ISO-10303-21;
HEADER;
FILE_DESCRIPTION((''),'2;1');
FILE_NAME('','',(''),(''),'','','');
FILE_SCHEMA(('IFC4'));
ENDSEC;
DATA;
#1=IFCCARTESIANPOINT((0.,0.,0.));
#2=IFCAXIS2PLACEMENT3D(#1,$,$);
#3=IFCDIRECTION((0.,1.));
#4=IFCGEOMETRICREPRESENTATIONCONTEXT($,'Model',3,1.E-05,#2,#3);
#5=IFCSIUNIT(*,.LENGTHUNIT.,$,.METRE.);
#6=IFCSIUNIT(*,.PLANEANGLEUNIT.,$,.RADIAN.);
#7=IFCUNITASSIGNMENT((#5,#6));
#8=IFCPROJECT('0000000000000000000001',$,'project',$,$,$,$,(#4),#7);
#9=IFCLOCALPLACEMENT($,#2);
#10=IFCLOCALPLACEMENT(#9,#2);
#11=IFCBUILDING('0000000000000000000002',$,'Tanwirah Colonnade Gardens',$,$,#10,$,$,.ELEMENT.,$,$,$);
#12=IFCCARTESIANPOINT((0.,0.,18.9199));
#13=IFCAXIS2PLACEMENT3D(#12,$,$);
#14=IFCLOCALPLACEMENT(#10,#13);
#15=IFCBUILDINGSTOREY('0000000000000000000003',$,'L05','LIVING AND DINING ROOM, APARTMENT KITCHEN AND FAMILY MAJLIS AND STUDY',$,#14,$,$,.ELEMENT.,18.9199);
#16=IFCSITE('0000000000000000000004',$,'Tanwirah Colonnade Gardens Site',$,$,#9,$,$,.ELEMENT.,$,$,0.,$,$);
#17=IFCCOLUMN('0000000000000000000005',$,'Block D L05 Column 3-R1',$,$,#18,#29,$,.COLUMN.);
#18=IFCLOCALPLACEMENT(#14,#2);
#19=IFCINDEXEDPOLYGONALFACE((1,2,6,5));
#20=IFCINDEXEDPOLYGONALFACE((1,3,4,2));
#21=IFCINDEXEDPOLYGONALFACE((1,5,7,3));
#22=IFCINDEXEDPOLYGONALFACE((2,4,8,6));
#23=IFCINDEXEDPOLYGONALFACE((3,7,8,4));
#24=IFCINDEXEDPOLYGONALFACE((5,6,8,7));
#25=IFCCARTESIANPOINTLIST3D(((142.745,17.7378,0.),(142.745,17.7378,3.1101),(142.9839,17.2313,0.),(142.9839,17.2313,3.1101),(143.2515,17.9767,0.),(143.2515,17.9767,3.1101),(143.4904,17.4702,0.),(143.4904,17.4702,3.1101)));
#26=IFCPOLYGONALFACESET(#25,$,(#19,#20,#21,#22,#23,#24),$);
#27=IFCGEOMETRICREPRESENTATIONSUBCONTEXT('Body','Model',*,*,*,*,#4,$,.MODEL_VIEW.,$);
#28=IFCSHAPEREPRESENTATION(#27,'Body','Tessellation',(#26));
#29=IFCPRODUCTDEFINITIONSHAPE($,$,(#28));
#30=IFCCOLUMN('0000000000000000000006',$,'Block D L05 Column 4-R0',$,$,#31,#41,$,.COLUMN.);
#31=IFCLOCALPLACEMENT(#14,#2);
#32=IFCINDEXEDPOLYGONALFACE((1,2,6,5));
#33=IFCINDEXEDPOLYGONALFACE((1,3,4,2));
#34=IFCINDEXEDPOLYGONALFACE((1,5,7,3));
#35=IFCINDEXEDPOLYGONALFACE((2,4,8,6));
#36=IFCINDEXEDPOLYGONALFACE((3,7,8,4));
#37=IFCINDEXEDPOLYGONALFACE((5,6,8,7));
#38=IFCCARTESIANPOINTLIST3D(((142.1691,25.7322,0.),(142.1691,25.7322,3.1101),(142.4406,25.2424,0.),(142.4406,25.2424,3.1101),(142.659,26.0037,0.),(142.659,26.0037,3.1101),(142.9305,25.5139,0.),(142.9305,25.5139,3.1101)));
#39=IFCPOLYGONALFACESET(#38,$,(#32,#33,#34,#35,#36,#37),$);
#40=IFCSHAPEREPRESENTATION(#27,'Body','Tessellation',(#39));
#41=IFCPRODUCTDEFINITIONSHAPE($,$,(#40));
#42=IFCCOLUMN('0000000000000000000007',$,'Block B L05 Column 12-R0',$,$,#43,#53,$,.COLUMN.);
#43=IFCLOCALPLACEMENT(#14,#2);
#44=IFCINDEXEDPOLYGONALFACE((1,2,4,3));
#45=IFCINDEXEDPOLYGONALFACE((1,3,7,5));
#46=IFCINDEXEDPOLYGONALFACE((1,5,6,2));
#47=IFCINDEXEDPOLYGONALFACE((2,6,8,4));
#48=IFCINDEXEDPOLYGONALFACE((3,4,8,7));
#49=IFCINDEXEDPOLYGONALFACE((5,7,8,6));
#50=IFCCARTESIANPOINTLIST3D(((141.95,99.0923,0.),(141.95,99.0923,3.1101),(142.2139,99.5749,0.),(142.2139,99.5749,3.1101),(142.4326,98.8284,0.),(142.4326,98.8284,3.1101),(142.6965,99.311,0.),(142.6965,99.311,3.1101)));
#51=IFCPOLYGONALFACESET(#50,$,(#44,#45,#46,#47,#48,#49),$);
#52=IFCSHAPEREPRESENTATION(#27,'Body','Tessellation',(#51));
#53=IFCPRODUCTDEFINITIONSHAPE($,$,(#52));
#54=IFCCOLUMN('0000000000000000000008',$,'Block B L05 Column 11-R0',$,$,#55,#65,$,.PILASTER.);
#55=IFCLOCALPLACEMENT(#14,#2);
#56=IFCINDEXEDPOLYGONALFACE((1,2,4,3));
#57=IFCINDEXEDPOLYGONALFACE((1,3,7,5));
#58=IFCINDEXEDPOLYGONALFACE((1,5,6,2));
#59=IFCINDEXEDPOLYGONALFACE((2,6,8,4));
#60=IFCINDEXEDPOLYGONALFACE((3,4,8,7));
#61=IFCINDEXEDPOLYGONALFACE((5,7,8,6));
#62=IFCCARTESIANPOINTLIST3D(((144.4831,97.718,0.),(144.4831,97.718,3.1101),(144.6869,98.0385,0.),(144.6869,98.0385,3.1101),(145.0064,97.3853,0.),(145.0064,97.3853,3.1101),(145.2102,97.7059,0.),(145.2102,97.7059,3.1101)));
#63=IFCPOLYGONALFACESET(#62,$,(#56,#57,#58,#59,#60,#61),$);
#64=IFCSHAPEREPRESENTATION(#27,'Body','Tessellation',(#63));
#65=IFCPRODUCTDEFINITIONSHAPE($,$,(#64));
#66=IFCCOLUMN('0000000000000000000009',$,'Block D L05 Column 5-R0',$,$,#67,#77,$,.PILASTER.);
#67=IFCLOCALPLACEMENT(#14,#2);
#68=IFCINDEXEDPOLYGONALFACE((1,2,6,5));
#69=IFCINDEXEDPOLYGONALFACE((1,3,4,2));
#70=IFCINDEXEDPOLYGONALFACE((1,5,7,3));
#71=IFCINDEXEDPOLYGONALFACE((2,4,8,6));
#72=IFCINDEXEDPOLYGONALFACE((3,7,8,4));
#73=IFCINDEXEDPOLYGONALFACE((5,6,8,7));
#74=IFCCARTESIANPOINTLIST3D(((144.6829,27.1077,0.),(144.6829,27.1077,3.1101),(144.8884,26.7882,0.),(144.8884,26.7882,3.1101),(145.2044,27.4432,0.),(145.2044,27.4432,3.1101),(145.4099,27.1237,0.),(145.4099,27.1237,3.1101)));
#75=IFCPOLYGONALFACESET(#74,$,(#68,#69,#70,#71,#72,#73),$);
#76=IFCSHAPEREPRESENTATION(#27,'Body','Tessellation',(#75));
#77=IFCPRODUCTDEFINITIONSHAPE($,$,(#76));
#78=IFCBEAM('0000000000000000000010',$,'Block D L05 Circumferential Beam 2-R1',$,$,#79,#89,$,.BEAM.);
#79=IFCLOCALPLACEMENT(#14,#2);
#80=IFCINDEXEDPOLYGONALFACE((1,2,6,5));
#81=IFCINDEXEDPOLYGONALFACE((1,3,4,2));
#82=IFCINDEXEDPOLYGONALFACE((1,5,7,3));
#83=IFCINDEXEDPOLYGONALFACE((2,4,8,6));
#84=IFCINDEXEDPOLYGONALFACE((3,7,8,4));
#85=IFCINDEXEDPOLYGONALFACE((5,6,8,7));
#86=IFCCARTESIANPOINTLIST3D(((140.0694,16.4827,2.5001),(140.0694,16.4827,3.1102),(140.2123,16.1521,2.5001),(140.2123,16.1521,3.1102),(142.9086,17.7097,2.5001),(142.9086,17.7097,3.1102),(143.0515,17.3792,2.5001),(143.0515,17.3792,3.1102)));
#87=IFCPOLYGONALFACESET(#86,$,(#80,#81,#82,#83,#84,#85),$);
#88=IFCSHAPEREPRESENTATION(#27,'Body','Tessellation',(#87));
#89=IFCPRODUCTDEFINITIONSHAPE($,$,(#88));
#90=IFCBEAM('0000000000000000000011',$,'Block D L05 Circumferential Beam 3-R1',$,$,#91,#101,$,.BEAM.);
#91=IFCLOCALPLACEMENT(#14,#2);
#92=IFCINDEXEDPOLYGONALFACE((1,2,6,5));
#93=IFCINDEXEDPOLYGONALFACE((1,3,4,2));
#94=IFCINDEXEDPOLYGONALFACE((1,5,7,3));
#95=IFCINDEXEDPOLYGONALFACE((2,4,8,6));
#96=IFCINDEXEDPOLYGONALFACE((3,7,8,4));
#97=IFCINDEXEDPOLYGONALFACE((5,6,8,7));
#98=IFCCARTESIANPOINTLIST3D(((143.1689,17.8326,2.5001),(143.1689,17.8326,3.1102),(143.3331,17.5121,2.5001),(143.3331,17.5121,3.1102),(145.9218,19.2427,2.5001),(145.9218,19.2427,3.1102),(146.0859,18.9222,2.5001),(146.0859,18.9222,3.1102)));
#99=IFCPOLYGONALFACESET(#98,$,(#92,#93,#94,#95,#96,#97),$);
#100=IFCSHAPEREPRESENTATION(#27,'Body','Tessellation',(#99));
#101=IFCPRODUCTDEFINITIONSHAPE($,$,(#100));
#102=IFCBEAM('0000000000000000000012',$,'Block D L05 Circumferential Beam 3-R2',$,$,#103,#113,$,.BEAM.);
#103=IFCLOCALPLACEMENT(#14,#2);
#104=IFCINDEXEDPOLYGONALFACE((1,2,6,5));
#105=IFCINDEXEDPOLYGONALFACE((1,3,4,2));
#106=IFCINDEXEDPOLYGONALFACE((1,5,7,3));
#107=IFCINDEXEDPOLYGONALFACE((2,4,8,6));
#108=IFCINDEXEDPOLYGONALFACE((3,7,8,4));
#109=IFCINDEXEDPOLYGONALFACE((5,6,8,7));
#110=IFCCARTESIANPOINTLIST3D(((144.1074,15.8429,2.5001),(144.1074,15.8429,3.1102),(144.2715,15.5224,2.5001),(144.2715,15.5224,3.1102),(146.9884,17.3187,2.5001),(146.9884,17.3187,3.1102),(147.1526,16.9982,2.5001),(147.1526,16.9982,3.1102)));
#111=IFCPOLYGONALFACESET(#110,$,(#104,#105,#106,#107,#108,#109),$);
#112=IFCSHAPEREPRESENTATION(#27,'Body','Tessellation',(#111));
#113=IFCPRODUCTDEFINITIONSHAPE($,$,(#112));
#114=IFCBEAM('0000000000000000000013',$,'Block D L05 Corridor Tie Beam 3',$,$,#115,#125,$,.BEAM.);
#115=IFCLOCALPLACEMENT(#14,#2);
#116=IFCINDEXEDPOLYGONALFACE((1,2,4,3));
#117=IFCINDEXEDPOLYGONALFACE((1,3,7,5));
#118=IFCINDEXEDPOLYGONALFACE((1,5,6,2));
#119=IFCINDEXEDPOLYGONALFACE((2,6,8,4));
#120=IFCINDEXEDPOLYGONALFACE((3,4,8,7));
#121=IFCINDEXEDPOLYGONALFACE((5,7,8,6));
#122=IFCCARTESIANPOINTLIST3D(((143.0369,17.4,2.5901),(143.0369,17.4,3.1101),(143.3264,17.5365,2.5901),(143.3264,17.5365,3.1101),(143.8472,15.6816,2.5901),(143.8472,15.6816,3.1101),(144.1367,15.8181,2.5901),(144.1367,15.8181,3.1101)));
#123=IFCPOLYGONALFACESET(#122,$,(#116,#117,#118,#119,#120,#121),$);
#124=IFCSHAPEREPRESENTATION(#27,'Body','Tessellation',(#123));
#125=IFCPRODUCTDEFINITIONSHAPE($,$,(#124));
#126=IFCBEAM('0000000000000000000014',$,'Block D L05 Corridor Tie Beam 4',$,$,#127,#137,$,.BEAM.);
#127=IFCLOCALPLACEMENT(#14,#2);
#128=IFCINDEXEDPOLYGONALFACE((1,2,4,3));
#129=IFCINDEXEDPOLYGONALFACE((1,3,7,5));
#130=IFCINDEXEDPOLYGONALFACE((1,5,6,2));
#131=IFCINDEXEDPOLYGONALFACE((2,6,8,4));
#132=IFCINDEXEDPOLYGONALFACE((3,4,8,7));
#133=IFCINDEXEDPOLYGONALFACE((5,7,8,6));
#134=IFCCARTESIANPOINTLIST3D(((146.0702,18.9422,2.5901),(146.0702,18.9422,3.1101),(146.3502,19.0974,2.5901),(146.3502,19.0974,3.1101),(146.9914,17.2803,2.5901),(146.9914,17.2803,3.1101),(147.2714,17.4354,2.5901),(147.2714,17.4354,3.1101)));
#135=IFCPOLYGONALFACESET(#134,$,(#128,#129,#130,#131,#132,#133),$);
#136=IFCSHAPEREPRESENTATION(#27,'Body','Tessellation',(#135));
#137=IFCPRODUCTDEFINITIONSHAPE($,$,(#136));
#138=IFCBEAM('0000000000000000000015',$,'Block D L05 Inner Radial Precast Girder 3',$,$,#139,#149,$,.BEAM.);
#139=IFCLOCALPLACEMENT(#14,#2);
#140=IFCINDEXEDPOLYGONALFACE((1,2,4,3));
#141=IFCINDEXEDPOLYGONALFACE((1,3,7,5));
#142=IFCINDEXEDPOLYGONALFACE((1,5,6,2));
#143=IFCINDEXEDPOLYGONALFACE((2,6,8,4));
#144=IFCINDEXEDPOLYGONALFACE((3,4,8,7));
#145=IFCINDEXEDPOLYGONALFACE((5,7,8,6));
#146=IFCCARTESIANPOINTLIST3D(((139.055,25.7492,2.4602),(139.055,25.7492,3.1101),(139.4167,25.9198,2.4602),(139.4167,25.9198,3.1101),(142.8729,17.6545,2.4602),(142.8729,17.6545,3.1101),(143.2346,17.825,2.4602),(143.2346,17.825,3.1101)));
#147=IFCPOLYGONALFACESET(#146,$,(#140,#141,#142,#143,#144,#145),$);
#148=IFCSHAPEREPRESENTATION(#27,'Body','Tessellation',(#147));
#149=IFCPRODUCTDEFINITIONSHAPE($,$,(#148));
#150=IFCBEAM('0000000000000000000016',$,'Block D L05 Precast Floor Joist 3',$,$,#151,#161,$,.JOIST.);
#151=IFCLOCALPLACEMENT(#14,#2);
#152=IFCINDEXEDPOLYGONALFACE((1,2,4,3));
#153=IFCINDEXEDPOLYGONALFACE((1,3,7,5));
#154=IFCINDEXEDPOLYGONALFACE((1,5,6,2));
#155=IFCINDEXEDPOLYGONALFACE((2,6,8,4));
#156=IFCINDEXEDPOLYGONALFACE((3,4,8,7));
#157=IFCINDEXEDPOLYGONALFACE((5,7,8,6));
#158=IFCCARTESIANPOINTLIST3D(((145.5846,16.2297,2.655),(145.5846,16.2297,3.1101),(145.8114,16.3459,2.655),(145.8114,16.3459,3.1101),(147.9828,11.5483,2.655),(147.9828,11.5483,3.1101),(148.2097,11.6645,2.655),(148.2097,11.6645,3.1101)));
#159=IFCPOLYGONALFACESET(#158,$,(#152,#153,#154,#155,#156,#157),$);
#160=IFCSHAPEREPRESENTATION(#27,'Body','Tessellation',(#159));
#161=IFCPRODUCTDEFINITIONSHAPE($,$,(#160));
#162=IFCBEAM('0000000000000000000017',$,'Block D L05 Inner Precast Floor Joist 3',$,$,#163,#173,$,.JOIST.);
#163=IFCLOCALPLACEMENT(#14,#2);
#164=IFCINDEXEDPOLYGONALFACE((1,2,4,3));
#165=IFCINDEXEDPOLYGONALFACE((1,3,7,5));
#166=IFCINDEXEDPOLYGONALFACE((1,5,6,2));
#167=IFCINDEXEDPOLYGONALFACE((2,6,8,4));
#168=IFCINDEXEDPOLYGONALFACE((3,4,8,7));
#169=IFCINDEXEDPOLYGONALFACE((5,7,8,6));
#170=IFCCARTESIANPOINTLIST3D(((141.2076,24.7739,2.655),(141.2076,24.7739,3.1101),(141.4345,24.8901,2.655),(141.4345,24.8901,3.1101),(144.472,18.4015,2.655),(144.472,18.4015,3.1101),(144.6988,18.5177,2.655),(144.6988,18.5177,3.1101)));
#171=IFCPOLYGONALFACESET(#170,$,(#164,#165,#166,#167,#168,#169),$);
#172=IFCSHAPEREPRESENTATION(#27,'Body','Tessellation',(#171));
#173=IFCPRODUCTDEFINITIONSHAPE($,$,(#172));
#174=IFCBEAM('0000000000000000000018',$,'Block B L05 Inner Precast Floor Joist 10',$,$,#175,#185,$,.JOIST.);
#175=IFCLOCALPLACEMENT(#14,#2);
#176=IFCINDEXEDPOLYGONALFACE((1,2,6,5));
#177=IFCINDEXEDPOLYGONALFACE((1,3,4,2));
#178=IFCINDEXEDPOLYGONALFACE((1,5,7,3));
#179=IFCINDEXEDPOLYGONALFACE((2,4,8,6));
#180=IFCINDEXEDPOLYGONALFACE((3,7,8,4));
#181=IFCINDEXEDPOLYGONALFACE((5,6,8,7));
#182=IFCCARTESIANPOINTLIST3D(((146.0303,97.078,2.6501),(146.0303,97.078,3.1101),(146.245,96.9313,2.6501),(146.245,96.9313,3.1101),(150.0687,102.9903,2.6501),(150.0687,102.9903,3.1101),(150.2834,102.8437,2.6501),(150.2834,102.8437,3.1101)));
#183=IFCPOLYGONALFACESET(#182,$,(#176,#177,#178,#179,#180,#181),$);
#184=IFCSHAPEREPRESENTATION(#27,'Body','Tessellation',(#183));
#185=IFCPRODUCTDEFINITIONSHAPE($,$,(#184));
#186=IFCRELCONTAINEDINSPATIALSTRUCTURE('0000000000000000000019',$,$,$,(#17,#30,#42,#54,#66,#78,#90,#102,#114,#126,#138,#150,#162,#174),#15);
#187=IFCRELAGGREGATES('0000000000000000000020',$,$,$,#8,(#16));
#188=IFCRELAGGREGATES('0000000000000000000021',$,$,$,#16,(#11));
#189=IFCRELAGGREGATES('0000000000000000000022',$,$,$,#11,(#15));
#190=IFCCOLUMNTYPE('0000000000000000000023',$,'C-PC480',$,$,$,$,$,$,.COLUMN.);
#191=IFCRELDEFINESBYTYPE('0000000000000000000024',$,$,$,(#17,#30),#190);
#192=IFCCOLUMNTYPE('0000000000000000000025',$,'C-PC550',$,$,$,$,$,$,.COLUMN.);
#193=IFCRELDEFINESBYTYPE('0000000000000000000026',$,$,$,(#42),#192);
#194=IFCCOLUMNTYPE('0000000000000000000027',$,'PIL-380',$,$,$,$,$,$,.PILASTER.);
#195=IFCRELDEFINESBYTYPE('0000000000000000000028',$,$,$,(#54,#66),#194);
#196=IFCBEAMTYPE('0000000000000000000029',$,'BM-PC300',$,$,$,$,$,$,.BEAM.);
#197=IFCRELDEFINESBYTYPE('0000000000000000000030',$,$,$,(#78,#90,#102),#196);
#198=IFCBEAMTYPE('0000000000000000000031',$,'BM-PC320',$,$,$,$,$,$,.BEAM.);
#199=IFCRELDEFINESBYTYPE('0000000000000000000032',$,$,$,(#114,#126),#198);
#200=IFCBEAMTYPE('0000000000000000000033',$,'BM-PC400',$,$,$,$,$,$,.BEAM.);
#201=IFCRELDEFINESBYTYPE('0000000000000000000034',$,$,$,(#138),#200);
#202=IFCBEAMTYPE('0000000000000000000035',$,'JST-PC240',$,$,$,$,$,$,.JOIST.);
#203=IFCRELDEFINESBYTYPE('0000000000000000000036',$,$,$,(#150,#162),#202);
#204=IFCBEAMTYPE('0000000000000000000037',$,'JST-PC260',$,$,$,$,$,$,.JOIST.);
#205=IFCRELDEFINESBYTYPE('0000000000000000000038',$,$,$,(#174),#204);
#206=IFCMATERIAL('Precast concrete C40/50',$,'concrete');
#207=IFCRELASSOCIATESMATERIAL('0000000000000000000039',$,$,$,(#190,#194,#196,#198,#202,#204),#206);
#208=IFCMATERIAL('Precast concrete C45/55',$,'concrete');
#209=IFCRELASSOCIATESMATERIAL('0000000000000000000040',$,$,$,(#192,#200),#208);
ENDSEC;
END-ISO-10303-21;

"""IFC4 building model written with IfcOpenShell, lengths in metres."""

from ifc_helpers import new_model, si_unit, direction, frame, origin, origin_2d, place, context, subcontext, project, spatial, rectangle, extrude, material, material_profile, profile_set, type_object, element, save


model = new_model("IFC4")

# Units and contexts
model_context = context("Model", 3, precision=1e-05, world=origin(), true_north=direction((0.0, 1.0)))
body_context = subcontext(model_context, "Body", "Model", "MODEL_VIEW")
ifc_project = project(units=[si_unit("LENGTHUNIT", "METRE"), si_unit("PLANEANGLEUNIT", "RADIAN")], contexts=[model_context])

# Site, building, storey
site_placement = place(None, origin())
site = spatial("IfcSite", under=ifc_project, at=site_placement, Name="Tanwirah Colonnade Gardens Site", CompositionType="ELEMENT", RefElevation=0.0)
building_placement = place(site_placement, origin())
building = spatial("IfcBuilding", under=site, at=building_placement, Name="Tanwirah Colonnade Gardens", CompositionType="ELEMENT")
storey_placement = place(building_placement, frame((0.0, 0.0, 18.9199)))
storey = spatial("IfcBuildingStorey", under=building, at=storey_placement, Name="L05", Description="LIVING AND DINING ROOM, APARTMENT KITCHEN AND FAMILY MAJLIS AND STUDY", CompositionType="ELEMENT", Elevation=18.9199)

# Columns
ifc_material_1 = material(Name="Precast concrete C40/50", Category="concrete")
ifc_material_profile_1 = material_profile(ifc_material_1, rectangle(XDim=0.5601, YDim=0.5601, at=origin_2d()), Name="PC-COL 560x560")
ifc_profile_set_1 = profile_set([ifc_material_profile_1], Name="Precast concrete C40/50")
column_type_1 = type_object("IfcColumnType", Name="C-PC480", PredefinedType="COLUMN", material=ifc_profile_set_1)
for number, where, z_axis, x_axis, name in (
    (1, (143.1177, 17.604, 0.0), (0.0, 0.0, 1.0), (0.426569, -0.904455, 0.0), "Block D L05 Column 3-R1"),
    (2, (142.5498, 25.623, 0.0), (0.0, 0.0, 1.0), (0.48481, -0.87462, 0.0), "Block D L05 Column 4-R0"),
):
    element("IfcColumn", number, at=place(storey_placement, frame(where, z_axis=z_axis, x_axis=x_axis)), inside=storey, type_object=column_type_1, Name=name, PredefinedType="COLUMN", context=body_context, shape_type="SweptSolid", body=[
        extrude(rectangle(XDim=0.5601, YDim=0.5601, at=origin_2d()), origin(), (0.0, 0.0, 1.0), 3.1101),
    ])
ifc_material_2 = material(Name="Precast concrete C45/55", Category="concrete")
ifc_material_profile_2 = material_profile(ifc_material_2, rectangle(XDim=0.55, YDim=0.55, at=origin_2d()), Name="PC-COL 550x550")
ifc_profile_set_2 = profile_set([ifc_material_profile_2], Name="Precast concrete C45/55")
column_type_2 = type_object("IfcColumnType", Name="C-PC550", PredefinedType="COLUMN", material=ifc_profile_set_2)
column_placement = place(storey_placement, frame((142.3232, 99.2017, 0.0), z_axis=(0.0, 0.0, 1.0), x_axis=(0.479713, 0.877425, 0.0)))
element("IfcColumn", 3, at=column_placement, inside=storey, type_object=column_type_2, Name="Block B L05 Column 12-R0", PredefinedType="COLUMN", context=body_context, shape_type="SweptSolid", body=[
    extrude(rectangle(XDim=0.55, YDim=0.55, at=origin_2d()), origin(), (0.0, 0.0, 1.0), 3.1101),
])
ifc_material_profile_3 = material_profile(ifc_material_1, rectangle(XDim=0.3799, YDim=0.6201, at=origin_2d()), Name="PC-PIL 380x620")
ifc_profile_set_3 = profile_set([ifc_material_profile_3], Name="Precast concrete C40/50")
column_type_3 = type_object("IfcColumnType", Name="PIL-380", PredefinedType="PILASTER", material=ifc_profile_set_3)
for number, where, z_axis, x_axis, name in (
    (4, (144.8467, 97.7119, 0.0), (0.0, 0.0, 1.0), (0.536482, 0.843912, 0.0), "Block B L05 Column 11-R0"),
    (5, (145.0464, 27.1157, 0.0), (0.0, 0.0, 1.0), (0.540974, -0.841039, 0.0), "Block D L05 Column 5-R0"),
):
    element("IfcColumn", number, at=place(storey_placement, frame(where, z_axis=z_axis, x_axis=x_axis)), inside=storey, type_object=column_type_3, Name=name, PredefinedType="PILASTER", context=body_context, shape_type="SweptSolid", body=[
        extrude(rectangle(XDim=0.3799, YDim=0.6201, at=origin_2d()), origin(), (0.0, 0.0, 1.0), 3.1101),
    ])

# Beams
ifc_material_profile_4 = material_profile(ifc_material_1, rectangle(XDim=0.3601, YDim=0.6101, at=origin_2d()), Name="PC-BM 360x610")
ifc_profile_set_4 = profile_set([ifc_material_profile_4], Name="Precast concrete C40/50")
beam_type_1 = type_object("IfcBeamType", Name="BM-PC300", PredefinedType="BEAM", material=ifc_profile_set_4)
for number, where, z_axis, x_axis, name in (
    (6, (140.1409, 16.3174, 2.8052), (0.917936, 0.396728, 0.0), (-0.396728, 0.917936, 0.0), "Block D L05 Circumferential Beam 2-R1"),
    (7, (143.251, 17.6724, 2.8052), (0.890028, 0.455906, 0.0), (-0.455906, 0.890028, 0.0), "Block D L05 Circumferential Beam 3-R1"),
):
    element("IfcBeam", number, at=place(storey_placement, frame(where, z_axis=z_axis, x_axis=x_axis)), inside=storey, type_object=beam_type_1, Name=name, PredefinedType="BEAM", context=body_context, shape_type="SweptSolid", body=[
        extrude(rectangle(XDim=0.3601, YDim=0.6101, at=origin_2d()), origin(), (0.0, 0.0, 1.0), 3.093),
    ])
beam_1_placement = place(storey_placement, frame((144.1895, 15.6826, 2.8052), z_axis=(0.890025, 0.455911, 0.0), x_axis=(-0.455911, 0.890025, 0.0)))
element("IfcBeam", 8, at=beam_1_placement, inside=storey, type_object=beam_type_1, Name="Block D L05 Circumferential Beam 3-R2", PredefinedType="BEAM", context=body_context, shape_type="SweptSolid", body=[
    extrude(rectangle(XDim=0.3601, YDim=0.6101, at=origin_2d()), origin(), (0.0, 0.0, 1.0), 3.2371),
])
ifc_material_profile_5 = material_profile(ifc_material_1, rectangle(XDim=0.3201, YDim=0.52, at=origin_2d()), Name="PC-BM 320x520")
ifc_profile_set_5 = profile_set([ifc_material_profile_5], Name="Precast concrete C40/50")
beam_type_2 = type_object("IfcBeamType", Name="BM-PC320", PredefinedType="BEAM", material=ifc_profile_set_5)
beam_2_placement = place(storey_placement, frame((143.1816, 17.4683, 2.8501), z_axis=(0.426484, -0.904495, 0.0), x_axis=(0.904495, 0.426484, 0.0)))
element("IfcBeam", 9, at=beam_2_placement, inside=storey, type_object=beam_type_2, Name="Block D L05 Corridor Tie Beam 3", PredefinedType="BEAM", context=body_context, shape_type="SweptSolid", body=[
    extrude(rectangle(XDim=0.3201, YDim=0.52, at=origin_2d()), origin(), (0.0, 0.0, 1.0), 1.8999),
])
beam_3_placement = place(storey_placement, frame((146.2102, 19.0198, 2.8501), z_axis=(0.484792, -0.87463, 0.0), x_axis=(0.87463, 0.484792, 0.0)))
element("IfcBeam", 10, at=beam_3_placement, inside=storey, type_object=beam_type_2, Name="Block D L05 Corridor Tie Beam 4", PredefinedType="BEAM", context=body_context, shape_type="SweptSolid", body=[
    extrude(rectangle(XDim=0.3201, YDim=0.52, at=origin_2d()), origin(), (0.0, 0.0, 1.0), 1.9001),
])
ifc_material_profile_6 = material_profile(ifc_material_2, rectangle(XDim=0.3999, YDim=0.6499, at=origin_2d()), Name="PC-BM 400x650")
ifc_profile_set_6 = profile_set([ifc_material_profile_6], Name="Precast concrete C45/55")
beam_type_3 = type_object("IfcBeamType", Name="BM-PC400", PredefinedType="BEAM", material=ifc_profile_set_6)
beam_4_placement = place(storey_placement, frame((143.0537, 17.7397, 2.7852), z_axis=(-0.426582, 0.904449, 0.0), x_axis=(-0.904449, -0.426582, 0.0)))
element("IfcBeam", 11, at=beam_4_placement, inside=storey, type_object=beam_type_3, Name="Block D L05 Inner Radial Precast Girder 3", PredefinedType="BEAM", context=body_context, shape_type="SweptSolid", body=[
    extrude(rectangle(XDim=0.3999, YDim=0.6499, at=origin_2d()), origin(), (0.0, 0.0, 1.0), 8.95),
])
ifc_material_profile_7 = material_profile(ifc_material_1, rectangle(XDim=0.2549, YDim=0.4551, at=origin_2d()), Name="PC-JST 255x455")
ifc_profile_set_7 = profile_set([ifc_material_profile_7], Name="Precast concrete C40/50")
beam_type_4 = type_object("IfcBeamType", Name="JST-PC240", PredefinedType="JOIST", material=ifc_profile_set_7)
beam_5_placement = place(storey_placement, frame((145.698, 16.2878, 2.8826), z_axis=(0.455937, -0.890012, 0.0), x_axis=(0.890012, 0.455937, 0.0)))
element("IfcBeam", 12, at=beam_5_placement, inside=storey, type_object=beam_type_4, Name="Block D L05 Precast Floor Joist 3", PredefinedType="JOIST", context=body_context, shape_type="SweptSolid", body=[
    extrude(rectangle(XDim=0.2549, YDim=0.4551, at=origin_2d()), origin(), (0.0, 0.0, 1.0), 5.26),
])
beam_6_placement = place(storey_placement, frame((141.321, 24.832, 2.8826), z_axis=(0.455921, -0.89002, 0.0), x_axis=(0.89002, 0.455921, 0.0)))
element("IfcBeam", 13, at=beam_6_placement, inside=storey, type_object=beam_type_4, Name="Block D L05 Inner Precast Floor Joist 3", PredefinedType="JOIST", context=body_context, shape_type="SweptSolid", body=[
    extrude(rectangle(XDim=0.2549, YDim=0.4551, at=origin_2d()), origin(), (0.0, 0.0, 1.0), 7.1599),
])
ifc_material_profile_8 = material_profile(ifc_material_1, rectangle(XDim=0.26, YDim=0.46, at=origin_2d()), Name="PC-JST 260x460")
ifc_profile_set_8 = profile_set([ifc_material_profile_8], Name="Precast concrete C40/50")
beam_type_5 = type_object("IfcBeamType", Name="JST-PC260", PredefinedType="JOIST", material=ifc_profile_set_8)
beam_7_placement = place(storey_placement, frame((146.1377, 97.0046, 2.8801), z_axis=(0.564021, 0.82576, 0.0), x_axis=(-0.82576, 0.564021, 0.0)))
element("IfcBeam", 14, at=beam_7_placement, inside=storey, type_object=beam_type_5, Name="Block B L05 Inner Precast Floor Joist 10", PredefinedType="JOIST", context=body_context, shape_type="SweptSolid", body=[
    extrude(rectangle(XDim=0.26, YDim=0.46, at=origin_2d()), origin(), (0.0, 0.0, 1.0), 7.1599),
])

save(model, "model.ifc")
